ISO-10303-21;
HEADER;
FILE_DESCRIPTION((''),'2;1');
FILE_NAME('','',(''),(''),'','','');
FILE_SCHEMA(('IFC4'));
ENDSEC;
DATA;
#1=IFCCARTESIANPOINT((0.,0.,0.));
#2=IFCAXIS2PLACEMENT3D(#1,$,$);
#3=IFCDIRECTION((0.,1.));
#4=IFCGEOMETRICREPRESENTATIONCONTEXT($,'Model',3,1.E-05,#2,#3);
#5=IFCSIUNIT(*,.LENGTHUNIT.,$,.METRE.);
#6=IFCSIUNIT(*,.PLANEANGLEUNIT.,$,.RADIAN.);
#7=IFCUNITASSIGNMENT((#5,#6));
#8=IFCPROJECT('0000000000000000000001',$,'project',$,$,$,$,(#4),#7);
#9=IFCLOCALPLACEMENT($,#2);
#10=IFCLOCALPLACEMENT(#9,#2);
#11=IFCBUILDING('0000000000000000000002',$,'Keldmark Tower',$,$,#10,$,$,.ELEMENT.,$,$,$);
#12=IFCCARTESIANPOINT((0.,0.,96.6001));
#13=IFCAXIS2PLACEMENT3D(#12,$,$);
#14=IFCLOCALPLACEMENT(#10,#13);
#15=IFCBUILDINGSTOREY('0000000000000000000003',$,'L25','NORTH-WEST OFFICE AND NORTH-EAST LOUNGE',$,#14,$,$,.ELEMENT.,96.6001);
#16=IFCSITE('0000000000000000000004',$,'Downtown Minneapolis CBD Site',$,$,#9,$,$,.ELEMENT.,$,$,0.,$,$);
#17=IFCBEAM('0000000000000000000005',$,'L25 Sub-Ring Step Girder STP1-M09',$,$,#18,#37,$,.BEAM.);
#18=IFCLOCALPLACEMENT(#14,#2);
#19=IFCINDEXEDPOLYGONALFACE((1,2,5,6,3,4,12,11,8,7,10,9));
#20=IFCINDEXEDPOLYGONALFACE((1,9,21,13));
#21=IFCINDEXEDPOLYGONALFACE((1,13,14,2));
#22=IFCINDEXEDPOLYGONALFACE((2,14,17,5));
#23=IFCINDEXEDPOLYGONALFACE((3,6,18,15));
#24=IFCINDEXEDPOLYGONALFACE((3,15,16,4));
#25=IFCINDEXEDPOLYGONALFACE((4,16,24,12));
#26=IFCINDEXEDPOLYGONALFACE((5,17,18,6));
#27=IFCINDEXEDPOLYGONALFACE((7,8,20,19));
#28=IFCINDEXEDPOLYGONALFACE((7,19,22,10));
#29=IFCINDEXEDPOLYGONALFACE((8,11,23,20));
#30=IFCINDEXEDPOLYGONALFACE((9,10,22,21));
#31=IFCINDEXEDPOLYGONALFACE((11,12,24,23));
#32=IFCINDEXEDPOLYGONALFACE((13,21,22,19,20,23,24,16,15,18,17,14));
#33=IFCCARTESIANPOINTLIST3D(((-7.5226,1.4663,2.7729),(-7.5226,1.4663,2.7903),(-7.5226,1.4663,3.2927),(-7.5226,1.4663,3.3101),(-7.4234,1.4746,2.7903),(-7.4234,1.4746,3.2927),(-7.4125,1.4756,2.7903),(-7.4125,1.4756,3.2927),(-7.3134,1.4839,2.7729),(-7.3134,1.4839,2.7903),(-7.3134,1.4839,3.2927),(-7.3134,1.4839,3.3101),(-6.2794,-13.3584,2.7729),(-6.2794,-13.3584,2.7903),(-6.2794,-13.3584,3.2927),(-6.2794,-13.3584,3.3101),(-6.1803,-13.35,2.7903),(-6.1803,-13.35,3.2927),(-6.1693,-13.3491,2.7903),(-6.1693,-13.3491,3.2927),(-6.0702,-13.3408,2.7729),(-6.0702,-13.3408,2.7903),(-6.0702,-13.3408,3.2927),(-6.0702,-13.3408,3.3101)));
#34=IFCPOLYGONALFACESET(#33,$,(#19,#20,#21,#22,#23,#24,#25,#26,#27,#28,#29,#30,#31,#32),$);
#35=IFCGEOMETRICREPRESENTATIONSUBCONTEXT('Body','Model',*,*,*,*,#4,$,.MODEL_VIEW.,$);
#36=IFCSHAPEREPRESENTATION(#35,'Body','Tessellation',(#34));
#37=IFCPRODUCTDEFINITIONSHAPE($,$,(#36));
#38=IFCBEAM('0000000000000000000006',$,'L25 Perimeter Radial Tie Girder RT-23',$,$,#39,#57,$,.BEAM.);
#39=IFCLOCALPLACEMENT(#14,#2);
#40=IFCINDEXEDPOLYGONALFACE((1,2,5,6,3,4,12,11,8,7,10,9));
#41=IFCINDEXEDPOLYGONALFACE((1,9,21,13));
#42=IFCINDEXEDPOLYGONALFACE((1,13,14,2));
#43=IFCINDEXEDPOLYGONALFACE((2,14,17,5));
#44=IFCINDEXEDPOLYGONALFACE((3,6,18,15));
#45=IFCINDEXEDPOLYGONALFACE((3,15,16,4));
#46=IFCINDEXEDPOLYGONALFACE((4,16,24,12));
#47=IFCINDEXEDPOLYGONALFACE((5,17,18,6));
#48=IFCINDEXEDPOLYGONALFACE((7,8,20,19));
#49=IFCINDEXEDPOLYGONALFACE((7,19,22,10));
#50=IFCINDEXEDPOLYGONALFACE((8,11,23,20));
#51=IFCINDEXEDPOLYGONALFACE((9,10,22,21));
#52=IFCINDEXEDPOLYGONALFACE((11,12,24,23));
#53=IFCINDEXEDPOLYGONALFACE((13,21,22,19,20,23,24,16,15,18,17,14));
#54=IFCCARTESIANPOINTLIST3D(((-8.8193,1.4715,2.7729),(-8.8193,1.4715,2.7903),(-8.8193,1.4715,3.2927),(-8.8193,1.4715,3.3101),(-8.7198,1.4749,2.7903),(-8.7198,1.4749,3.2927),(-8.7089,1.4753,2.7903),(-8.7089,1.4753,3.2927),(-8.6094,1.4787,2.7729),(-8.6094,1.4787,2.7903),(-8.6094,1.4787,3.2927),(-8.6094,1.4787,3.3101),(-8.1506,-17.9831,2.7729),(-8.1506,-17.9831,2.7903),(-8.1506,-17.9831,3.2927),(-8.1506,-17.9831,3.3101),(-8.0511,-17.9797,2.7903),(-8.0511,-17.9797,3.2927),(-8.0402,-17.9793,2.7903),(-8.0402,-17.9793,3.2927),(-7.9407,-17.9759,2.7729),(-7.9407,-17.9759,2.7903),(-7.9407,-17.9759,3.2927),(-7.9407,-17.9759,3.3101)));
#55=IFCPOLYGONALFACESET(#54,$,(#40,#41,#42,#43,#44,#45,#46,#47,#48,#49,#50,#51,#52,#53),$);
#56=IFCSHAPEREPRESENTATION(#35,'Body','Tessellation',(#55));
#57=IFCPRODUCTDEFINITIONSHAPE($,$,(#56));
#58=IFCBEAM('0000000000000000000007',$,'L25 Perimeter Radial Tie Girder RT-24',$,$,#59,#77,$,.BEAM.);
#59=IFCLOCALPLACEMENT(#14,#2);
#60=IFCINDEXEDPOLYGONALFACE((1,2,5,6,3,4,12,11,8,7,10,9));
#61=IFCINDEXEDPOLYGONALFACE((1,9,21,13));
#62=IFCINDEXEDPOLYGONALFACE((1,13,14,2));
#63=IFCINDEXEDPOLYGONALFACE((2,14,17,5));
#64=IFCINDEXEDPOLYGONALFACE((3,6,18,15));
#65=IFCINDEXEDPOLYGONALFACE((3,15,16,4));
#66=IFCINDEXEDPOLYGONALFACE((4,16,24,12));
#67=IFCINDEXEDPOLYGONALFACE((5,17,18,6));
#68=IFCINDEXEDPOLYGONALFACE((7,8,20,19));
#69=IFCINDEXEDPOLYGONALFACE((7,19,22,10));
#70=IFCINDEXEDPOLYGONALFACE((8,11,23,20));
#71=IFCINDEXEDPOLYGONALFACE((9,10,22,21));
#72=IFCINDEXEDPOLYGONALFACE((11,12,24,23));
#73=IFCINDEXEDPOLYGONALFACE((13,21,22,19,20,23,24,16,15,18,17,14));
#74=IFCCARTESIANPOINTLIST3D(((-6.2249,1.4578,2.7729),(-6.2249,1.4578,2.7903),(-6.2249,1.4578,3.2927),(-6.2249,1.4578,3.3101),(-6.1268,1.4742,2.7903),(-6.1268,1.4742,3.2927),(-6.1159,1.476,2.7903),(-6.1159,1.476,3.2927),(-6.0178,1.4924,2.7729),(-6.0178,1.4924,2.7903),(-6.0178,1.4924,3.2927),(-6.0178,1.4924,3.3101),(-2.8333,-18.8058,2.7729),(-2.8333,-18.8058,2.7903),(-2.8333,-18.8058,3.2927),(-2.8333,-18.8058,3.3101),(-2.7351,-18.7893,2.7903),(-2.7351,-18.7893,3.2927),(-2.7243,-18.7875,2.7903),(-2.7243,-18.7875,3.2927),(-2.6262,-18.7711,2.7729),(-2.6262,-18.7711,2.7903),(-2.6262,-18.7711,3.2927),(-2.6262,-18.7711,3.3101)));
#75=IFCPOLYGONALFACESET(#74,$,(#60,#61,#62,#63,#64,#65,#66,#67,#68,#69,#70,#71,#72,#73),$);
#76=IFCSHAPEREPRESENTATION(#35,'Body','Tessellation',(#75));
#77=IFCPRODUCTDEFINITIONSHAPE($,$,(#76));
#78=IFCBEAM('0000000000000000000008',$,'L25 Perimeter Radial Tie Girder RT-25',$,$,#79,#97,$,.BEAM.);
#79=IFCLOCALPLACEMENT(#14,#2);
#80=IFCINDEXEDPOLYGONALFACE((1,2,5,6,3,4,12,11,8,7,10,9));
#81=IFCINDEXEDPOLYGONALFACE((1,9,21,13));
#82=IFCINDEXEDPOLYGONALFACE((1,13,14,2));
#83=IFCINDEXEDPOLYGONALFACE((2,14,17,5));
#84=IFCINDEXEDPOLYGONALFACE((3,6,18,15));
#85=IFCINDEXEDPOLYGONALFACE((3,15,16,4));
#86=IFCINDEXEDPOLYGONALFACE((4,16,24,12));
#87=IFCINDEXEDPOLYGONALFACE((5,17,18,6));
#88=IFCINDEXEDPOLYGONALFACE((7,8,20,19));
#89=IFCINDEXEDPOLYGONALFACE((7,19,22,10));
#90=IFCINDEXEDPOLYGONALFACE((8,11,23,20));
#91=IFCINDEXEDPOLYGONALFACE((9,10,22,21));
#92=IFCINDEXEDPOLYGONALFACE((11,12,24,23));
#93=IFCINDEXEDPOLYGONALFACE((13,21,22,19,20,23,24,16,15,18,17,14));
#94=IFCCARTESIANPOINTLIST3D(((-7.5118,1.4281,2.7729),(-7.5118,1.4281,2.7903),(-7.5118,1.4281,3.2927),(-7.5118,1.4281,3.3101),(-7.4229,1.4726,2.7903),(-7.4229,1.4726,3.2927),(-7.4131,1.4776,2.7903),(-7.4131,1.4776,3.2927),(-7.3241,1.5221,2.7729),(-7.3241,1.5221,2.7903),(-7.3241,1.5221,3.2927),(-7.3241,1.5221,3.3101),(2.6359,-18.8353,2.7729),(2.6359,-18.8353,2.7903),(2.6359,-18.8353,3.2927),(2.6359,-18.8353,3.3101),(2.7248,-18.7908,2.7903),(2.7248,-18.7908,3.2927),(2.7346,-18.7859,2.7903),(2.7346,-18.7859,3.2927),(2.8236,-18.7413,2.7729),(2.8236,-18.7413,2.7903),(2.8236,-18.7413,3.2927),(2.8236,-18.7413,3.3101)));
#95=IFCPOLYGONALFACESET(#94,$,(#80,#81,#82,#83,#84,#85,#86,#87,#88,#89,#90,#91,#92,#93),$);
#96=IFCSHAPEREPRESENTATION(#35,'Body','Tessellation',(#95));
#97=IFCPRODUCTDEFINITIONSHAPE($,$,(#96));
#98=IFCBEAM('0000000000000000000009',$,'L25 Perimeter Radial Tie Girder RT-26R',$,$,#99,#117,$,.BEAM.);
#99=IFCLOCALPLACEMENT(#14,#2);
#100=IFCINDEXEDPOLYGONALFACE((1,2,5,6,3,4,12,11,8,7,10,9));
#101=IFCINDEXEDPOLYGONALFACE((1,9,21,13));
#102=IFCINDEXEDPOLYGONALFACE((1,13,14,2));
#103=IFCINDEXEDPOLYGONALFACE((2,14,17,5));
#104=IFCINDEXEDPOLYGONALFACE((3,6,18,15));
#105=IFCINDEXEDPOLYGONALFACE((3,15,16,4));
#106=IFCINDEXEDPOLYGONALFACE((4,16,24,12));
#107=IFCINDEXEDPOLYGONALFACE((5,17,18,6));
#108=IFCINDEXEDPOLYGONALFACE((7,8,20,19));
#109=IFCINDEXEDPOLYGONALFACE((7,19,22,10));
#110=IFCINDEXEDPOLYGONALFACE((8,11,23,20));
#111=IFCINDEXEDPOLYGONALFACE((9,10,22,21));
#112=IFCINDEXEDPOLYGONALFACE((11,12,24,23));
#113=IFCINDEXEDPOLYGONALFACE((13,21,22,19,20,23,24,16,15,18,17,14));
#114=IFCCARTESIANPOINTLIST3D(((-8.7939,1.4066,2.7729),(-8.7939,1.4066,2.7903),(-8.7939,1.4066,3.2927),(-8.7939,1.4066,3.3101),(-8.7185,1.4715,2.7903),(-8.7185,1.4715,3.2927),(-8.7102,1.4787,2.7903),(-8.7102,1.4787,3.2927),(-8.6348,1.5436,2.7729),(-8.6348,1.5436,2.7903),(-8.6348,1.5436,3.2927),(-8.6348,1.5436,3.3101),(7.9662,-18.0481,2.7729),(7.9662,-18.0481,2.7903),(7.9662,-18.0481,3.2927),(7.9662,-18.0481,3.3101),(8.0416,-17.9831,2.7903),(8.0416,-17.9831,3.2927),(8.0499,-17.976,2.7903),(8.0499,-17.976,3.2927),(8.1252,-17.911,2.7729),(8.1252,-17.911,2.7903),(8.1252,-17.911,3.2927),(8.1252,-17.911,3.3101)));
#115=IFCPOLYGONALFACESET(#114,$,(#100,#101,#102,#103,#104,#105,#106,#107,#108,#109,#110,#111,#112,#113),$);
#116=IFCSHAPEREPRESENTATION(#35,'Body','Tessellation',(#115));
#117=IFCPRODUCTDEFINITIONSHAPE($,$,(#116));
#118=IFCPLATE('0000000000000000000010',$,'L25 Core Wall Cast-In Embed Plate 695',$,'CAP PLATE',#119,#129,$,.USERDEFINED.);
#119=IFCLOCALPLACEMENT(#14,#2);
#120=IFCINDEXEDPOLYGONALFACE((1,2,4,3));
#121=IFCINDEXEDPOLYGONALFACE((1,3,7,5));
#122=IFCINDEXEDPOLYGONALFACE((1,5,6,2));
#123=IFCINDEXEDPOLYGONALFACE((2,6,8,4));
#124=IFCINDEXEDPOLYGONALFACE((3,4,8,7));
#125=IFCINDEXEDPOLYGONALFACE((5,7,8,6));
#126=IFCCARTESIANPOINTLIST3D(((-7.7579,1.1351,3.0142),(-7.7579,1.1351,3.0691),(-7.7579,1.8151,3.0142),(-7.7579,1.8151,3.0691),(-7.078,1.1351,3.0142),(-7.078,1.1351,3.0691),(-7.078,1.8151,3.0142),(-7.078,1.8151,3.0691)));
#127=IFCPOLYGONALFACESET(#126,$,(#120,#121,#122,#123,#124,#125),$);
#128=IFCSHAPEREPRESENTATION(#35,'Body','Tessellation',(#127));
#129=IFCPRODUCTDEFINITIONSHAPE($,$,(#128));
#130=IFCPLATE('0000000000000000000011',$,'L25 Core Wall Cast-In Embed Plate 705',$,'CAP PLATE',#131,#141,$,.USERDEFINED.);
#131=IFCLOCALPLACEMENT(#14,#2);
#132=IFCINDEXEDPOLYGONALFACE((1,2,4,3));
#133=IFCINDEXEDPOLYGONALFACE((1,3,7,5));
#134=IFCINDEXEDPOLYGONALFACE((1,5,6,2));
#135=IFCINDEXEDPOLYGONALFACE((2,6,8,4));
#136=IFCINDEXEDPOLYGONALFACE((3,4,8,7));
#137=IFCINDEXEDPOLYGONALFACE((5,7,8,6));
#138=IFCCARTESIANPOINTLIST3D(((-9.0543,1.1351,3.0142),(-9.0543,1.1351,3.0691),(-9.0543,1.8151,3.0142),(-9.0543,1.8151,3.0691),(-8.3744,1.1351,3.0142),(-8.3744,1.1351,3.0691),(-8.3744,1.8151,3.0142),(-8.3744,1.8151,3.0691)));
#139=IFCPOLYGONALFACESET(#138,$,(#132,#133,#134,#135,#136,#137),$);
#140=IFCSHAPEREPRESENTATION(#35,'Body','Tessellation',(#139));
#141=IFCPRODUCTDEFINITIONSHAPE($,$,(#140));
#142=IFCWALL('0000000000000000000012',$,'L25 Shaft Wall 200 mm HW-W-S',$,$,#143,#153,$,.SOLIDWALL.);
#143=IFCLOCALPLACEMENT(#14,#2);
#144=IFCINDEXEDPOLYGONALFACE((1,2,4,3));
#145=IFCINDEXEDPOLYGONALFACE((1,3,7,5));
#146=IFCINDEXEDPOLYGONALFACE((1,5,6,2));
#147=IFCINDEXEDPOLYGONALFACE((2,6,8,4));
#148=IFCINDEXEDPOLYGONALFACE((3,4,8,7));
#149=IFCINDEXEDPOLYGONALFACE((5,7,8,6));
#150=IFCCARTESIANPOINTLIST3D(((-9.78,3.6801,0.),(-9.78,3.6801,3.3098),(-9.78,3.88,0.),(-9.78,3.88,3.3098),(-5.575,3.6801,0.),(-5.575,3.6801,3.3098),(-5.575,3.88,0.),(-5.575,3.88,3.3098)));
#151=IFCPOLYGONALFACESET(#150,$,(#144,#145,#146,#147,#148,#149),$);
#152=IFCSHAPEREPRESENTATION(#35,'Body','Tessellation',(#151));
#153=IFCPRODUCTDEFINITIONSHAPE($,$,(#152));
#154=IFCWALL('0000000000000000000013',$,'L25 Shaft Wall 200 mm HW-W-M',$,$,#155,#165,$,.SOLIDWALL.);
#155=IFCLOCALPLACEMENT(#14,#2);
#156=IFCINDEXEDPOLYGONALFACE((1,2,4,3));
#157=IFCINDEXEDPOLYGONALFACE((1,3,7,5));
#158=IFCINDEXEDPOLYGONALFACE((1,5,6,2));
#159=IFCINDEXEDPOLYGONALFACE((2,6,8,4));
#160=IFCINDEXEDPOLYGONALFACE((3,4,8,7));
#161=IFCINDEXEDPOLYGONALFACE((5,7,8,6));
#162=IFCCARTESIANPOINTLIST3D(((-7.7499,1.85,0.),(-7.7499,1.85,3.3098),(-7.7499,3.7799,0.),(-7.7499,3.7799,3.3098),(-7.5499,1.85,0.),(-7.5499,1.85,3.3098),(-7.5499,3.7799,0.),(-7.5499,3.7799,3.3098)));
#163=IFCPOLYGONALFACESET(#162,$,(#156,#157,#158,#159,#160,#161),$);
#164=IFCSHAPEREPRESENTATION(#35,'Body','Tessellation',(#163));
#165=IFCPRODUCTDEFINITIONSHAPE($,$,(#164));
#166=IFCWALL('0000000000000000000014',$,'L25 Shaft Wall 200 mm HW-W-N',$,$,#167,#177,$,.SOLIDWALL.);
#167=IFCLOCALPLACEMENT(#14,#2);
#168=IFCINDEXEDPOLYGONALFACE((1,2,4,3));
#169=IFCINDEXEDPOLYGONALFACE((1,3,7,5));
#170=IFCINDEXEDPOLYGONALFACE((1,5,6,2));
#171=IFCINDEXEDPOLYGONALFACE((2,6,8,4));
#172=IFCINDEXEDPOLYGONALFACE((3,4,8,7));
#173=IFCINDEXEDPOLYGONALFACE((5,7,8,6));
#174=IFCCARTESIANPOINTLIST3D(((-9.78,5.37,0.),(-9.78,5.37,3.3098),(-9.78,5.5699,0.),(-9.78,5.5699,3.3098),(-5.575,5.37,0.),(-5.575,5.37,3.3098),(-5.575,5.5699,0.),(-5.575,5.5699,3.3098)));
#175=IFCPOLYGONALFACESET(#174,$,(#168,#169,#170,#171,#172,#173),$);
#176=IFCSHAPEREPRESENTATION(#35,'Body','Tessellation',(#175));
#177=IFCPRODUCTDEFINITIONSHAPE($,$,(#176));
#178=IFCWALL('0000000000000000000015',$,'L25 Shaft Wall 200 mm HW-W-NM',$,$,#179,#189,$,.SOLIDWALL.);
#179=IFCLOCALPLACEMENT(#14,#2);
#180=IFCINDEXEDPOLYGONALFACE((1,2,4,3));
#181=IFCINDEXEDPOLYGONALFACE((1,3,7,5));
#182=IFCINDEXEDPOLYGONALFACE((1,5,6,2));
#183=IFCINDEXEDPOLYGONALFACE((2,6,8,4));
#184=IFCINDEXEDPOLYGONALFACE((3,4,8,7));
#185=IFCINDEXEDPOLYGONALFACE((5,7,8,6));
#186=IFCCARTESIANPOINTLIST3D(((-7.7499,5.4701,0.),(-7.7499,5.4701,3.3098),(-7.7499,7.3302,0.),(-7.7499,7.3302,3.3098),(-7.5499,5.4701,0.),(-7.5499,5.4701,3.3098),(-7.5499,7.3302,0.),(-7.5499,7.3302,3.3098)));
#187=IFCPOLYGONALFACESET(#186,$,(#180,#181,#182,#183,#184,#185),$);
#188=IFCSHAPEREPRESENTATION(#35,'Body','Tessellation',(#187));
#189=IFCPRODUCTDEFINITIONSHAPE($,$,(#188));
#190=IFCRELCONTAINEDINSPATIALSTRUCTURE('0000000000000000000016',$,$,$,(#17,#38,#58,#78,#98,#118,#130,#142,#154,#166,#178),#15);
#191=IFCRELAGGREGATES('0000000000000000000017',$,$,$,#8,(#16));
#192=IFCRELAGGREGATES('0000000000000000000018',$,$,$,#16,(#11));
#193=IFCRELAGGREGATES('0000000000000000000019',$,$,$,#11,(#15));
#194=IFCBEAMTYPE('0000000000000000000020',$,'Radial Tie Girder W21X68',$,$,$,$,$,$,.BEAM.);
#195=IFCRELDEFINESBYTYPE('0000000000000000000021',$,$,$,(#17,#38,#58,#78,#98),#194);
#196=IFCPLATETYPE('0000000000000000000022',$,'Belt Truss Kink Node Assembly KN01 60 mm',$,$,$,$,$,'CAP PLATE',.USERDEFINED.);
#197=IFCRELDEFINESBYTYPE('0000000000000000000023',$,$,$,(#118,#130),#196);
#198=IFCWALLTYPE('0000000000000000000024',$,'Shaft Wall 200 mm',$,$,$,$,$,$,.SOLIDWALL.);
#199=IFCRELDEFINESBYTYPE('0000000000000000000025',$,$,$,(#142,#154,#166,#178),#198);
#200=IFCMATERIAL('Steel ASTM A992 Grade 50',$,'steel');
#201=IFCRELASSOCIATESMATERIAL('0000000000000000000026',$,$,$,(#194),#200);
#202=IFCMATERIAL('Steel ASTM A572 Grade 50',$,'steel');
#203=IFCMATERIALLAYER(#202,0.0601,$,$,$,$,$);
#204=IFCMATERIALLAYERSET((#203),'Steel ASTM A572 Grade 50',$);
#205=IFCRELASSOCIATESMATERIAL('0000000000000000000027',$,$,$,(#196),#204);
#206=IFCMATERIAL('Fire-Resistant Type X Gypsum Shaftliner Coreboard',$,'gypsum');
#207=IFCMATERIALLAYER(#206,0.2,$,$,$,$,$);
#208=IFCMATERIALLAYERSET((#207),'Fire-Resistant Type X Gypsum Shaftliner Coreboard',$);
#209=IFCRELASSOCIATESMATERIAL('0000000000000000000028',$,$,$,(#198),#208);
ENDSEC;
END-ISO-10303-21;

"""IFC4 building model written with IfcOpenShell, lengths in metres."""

from ifc_helpers import new_model, si_unit, direction, frame, frame_2d, origin, origin_2d, place, context, subcontext, project, spatial, rectangle, i_section, extrude, material, layer, layer_set, material_profile, profile_set, type_object, element, save


model = new_model("IFC4")

# Units and contexts
model_context = context("Model", 3, precision=1e-05, world=origin(), true_north=direction((0.0, 1.0)))
body_context = subcontext(model_context, "Body", "Model", "MODEL_VIEW")
ifc_project = project(units=[si_unit("LENGTHUNIT", "METRE"), si_unit("PLANEANGLEUNIT", "RADIAN")], contexts=[model_context])

# Site, building, storey
site_placement = place(None, origin())
site = spatial("IfcSite", under=ifc_project, at=site_placement, Name="Downtown Minneapolis CBD Site", CompositionType="ELEMENT", RefElevation=0.0)
building_placement = place(site_placement, origin())
building = spatial("IfcBuilding", under=site, at=building_placement, Name="Keldmark Tower", CompositionType="ELEMENT")
storey_placement = place(building_placement, frame((0.0, 0.0, 96.6001)))
storey = spatial("IfcBuildingStorey", under=building, at=storey_placement, Name="L25", Description="NORTH-WEST OFFICE AND NORTH-EAST LOUNGE", CompositionType="ELEMENT", Elevation=96.6001)

# Beams
ifc_material_1 = material(Name="Steel ASTM A992 Grade 50", Category="steel")
ifc_material_profile = material_profile(ifc_material_1, i_section(OverallWidth=0.21, OverallDepth=0.5371, WebThickness=0.011, FlangeThickness=0.0173, at=origin_2d()), Name="W21X68")
ifc_profile_set = profile_set([ifc_material_profile], Name="Steel ASTM A992 Grade 50")
beam_type = type_object("IfcBeamType", Name="Radial Tie Girder W21X68", PredefinedType="BEAM", material=ifc_profile_set)
beam_1_placement = place(storey_placement, frame((-7.418, 1.4751, 3.0415), z_axis=(0.083564, -0.996502, 0.0), x_axis=(0.996502, 0.083564, 0.0)))
element("IfcBeam", 1, at=beam_1_placement, inside=storey, type_object=beam_type, Name="L25 Sub-Ring Step Girder STP1-M09", PredefinedType="BEAM", context=body_context, shape_type="SweptSolid", body=[
    extrude(i_section(OverallWidth=0.21, OverallDepth=0.5371, WebThickness=0.011, FlangeThickness=0.0173, at=origin_2d()), origin(), (0.0, 0.0, 1.0), 14.8767),
])
beam_2_placement = place(storey_placement, frame((-8.7144, 1.4751, 3.0415), z_axis=(0.034352, -0.99941, 0.0), x_axis=(0.99941, 0.034352, 0.0)))
element("IfcBeam", 2, at=beam_2_placement, inside=storey, type_object=beam_type, Name="L25 Perimeter Radial Tie Girder RT-23", PredefinedType="BEAM", context=body_context, shape_type="SweptSolid", body=[
    extrude(i_section(OverallWidth=0.21, OverallDepth=0.5371, WebThickness=0.011, FlangeThickness=0.0173, at=origin_2d()), origin(), (0.0, 0.0, 1.0), 19.4661),
])
beam_3_placement = place(storey_placement, frame((-6.1213, 1.4751, 3.0415), z_axis=(0.165079, -0.98628, 0.0), x_axis=(0.98628, 0.165079, 0.0)))
element("IfcBeam", 3, at=beam_3_placement, inside=storey, type_object=beam_type, Name="L25 Perimeter Radial Tie Girder RT-24", PredefinedType="BEAM", context=body_context, shape_type="SweptSolid", body=[
    extrude(i_section(OverallWidth=0.21, OverallDepth=0.5371, WebThickness=0.011, FlangeThickness=0.0173, at=origin_2d()), origin(), (0.0, 0.0, 1.0), 20.5454),
])
beam_4_placement = place(storey_placement, frame((-7.418, 1.4751, 3.0415), z_axis=(0.447778, -0.894145, 0.0), x_axis=(0.894145, 0.447778, 0.0)))
element("IfcBeam", 4, at=beam_4_placement, inside=storey, type_object=beam_type, Name="L25 Perimeter Radial Tie Girder RT-25", PredefinedType="BEAM", context=body_context, shape_type="SweptSolid", body=[
    extrude(i_section(OverallWidth=0.21, OverallDepth=0.5371, WebThickness=0.011, FlangeThickness=0.0173, at=origin_2d()), origin(), (0.0, 0.0, 1.0), 22.6624),
])
beam_5_placement = place(storey_placement, frame((-8.7144, 1.4751, 3.0415), z_axis=(0.65269, -0.757625, 0.0), x_axis=(0.757625, 0.65269, 0.0)))
element("IfcBeam", 5, at=beam_5_placement, inside=storey, type_object=beam_type, Name="L25 Perimeter Radial Tie Girder RT-26R", PredefinedType="BEAM", context=body_context, shape_type="SweptSolid", body=[
    extrude(i_section(OverallWidth=0.21, OverallDepth=0.5371, WebThickness=0.011, FlangeThickness=0.0173, at=origin_2d()), origin(), (0.0, 0.0, 1.0), 25.6785),
])

# Plates
ifc_material_2 = material(Name="Steel ASTM A572 Grade 50", Category="steel")
ifc_layer_1 = layer(ifc_material_2, 0.0601)
ifc_layer_set_1 = layer_set([ifc_layer_1], Name="Steel ASTM A572 Grade 50")
plate_type = type_object("IfcPlateType", Name="Belt Truss Kink Node Assembly KN01 60 mm", ElementType="CAP PLATE", PredefinedType="USERDEFINED", material=ifc_layer_set_1)
for number, where, z_axis, x_axis, name in (
    (6, (-7.418, 1.4751, 3.0142), (0.0, 0.0, 1.0), (1.0, 0.0, 0.0), "L25 Core Wall Cast-In Embed Plate 695"),
    (7, (-8.7144, 1.4751, 3.0142), (0.0, 0.0, 1.0), (1.0, 0.0, 0.0), "L25 Core Wall Cast-In Embed Plate 705"),
):
    element("IfcPlate", number, at=place(storey_placement, frame(where, z_axis=z_axis, x_axis=x_axis)), inside=storey, type_object=plate_type, Name=name, ObjectType="CAP PLATE", PredefinedType="USERDEFINED", context=body_context, shape_type="SweptSolid", body=[
        extrude(rectangle(XDim=0.6799, YDim=0.6799, at=origin_2d()), origin(), (0.0, 0.0, 1.0), 0.0549),
    ])

# Walls
ifc_material_3 = material(Name="Fire-Resistant Type X Gypsum Shaftliner Coreboard", Category="gypsum")
ifc_layer_2 = layer(ifc_material_3, 0.2)
ifc_layer_set_2 = layer_set([ifc_layer_2], Name="Fire-Resistant Type X Gypsum Shaftliner Coreboard")
wall_type_1 = type_object("IfcWallType", Name="Shaft Wall 200 mm", PredefinedType="SOLIDWALL", material=ifc_layer_set_2)
wall_1_placement = place(storey_placement, frame((-9.78, 3.78, 0.0), z_axis=(0.0, 0.0, 1.0), x_axis=(1.0, 0.0, 0.0)))
element("IfcWall", 8, at=wall_1_placement, inside=storey, type_object=wall_type_1, Name="L25 Shaft Wall 200 mm HW-W-S", PredefinedType="SOLIDWALL", context=body_context, shape_type="SweptSolid", body=[
    extrude(rectangle(XDim=4.2051, YDim=0.2, at=frame_2d((2.1025, 0.0))), origin(), (0.0, 0.0, 1.0), 3.3098),
])
wall_2_placement = place(storey_placement, frame((-7.6499, 1.8501, 0.0), z_axis=(0.0, 0.0, 1.0), x_axis=(0.0, 1.0, 0.0)))
element("IfcWall", 9, at=wall_2_placement, inside=storey, type_object=wall_type_1, Name="L25 Shaft Wall 200 mm HW-W-M", PredefinedType="SOLIDWALL", context=body_context, shape_type="SweptSolid", body=[
    extrude(rectangle(XDim=1.9299, YDim=0.2, at=frame_2d((0.9648, 0.0))), origin(), (0.0, 0.0, 1.0), 3.3098),
])
wall_3_placement = place(storey_placement, frame((-9.78, 5.47, 0.0), z_axis=(0.0, 0.0, 1.0), x_axis=(1.0, 0.0, 0.0)))
element("IfcWall", 10, at=wall_3_placement, inside=storey, type_object=wall_type_1, Name="L25 Shaft Wall 200 mm HW-W-N", PredefinedType="SOLIDWALL", context=body_context, shape_type="SweptSolid", body=[
    extrude(rectangle(XDim=4.2051, YDim=0.2, at=frame_2d((2.1025, 0.0))), origin(), (0.0, 0.0, 1.0), 3.3098),
])
wall_4_placement = place(storey_placement, frame((-7.6499, 5.47, 0.0), z_axis=(0.0, 0.0, 1.0), x_axis=(0.0, 1.0, 0.0)))
element("IfcWall", 11, at=wall_4_placement, inside=storey, type_object=wall_type_1, Name="L25 Shaft Wall 200 mm HW-W-NM", PredefinedType="SOLIDWALL", context=body_context, shape_type="SweptSolid", body=[
    extrude(rectangle(XDim=1.8601, YDim=0.2, at=frame_2d((0.9302, 0.0))), origin(), (0.0, 0.0, 1.0), 3.3098),
])

save(model, "model.ifc")
